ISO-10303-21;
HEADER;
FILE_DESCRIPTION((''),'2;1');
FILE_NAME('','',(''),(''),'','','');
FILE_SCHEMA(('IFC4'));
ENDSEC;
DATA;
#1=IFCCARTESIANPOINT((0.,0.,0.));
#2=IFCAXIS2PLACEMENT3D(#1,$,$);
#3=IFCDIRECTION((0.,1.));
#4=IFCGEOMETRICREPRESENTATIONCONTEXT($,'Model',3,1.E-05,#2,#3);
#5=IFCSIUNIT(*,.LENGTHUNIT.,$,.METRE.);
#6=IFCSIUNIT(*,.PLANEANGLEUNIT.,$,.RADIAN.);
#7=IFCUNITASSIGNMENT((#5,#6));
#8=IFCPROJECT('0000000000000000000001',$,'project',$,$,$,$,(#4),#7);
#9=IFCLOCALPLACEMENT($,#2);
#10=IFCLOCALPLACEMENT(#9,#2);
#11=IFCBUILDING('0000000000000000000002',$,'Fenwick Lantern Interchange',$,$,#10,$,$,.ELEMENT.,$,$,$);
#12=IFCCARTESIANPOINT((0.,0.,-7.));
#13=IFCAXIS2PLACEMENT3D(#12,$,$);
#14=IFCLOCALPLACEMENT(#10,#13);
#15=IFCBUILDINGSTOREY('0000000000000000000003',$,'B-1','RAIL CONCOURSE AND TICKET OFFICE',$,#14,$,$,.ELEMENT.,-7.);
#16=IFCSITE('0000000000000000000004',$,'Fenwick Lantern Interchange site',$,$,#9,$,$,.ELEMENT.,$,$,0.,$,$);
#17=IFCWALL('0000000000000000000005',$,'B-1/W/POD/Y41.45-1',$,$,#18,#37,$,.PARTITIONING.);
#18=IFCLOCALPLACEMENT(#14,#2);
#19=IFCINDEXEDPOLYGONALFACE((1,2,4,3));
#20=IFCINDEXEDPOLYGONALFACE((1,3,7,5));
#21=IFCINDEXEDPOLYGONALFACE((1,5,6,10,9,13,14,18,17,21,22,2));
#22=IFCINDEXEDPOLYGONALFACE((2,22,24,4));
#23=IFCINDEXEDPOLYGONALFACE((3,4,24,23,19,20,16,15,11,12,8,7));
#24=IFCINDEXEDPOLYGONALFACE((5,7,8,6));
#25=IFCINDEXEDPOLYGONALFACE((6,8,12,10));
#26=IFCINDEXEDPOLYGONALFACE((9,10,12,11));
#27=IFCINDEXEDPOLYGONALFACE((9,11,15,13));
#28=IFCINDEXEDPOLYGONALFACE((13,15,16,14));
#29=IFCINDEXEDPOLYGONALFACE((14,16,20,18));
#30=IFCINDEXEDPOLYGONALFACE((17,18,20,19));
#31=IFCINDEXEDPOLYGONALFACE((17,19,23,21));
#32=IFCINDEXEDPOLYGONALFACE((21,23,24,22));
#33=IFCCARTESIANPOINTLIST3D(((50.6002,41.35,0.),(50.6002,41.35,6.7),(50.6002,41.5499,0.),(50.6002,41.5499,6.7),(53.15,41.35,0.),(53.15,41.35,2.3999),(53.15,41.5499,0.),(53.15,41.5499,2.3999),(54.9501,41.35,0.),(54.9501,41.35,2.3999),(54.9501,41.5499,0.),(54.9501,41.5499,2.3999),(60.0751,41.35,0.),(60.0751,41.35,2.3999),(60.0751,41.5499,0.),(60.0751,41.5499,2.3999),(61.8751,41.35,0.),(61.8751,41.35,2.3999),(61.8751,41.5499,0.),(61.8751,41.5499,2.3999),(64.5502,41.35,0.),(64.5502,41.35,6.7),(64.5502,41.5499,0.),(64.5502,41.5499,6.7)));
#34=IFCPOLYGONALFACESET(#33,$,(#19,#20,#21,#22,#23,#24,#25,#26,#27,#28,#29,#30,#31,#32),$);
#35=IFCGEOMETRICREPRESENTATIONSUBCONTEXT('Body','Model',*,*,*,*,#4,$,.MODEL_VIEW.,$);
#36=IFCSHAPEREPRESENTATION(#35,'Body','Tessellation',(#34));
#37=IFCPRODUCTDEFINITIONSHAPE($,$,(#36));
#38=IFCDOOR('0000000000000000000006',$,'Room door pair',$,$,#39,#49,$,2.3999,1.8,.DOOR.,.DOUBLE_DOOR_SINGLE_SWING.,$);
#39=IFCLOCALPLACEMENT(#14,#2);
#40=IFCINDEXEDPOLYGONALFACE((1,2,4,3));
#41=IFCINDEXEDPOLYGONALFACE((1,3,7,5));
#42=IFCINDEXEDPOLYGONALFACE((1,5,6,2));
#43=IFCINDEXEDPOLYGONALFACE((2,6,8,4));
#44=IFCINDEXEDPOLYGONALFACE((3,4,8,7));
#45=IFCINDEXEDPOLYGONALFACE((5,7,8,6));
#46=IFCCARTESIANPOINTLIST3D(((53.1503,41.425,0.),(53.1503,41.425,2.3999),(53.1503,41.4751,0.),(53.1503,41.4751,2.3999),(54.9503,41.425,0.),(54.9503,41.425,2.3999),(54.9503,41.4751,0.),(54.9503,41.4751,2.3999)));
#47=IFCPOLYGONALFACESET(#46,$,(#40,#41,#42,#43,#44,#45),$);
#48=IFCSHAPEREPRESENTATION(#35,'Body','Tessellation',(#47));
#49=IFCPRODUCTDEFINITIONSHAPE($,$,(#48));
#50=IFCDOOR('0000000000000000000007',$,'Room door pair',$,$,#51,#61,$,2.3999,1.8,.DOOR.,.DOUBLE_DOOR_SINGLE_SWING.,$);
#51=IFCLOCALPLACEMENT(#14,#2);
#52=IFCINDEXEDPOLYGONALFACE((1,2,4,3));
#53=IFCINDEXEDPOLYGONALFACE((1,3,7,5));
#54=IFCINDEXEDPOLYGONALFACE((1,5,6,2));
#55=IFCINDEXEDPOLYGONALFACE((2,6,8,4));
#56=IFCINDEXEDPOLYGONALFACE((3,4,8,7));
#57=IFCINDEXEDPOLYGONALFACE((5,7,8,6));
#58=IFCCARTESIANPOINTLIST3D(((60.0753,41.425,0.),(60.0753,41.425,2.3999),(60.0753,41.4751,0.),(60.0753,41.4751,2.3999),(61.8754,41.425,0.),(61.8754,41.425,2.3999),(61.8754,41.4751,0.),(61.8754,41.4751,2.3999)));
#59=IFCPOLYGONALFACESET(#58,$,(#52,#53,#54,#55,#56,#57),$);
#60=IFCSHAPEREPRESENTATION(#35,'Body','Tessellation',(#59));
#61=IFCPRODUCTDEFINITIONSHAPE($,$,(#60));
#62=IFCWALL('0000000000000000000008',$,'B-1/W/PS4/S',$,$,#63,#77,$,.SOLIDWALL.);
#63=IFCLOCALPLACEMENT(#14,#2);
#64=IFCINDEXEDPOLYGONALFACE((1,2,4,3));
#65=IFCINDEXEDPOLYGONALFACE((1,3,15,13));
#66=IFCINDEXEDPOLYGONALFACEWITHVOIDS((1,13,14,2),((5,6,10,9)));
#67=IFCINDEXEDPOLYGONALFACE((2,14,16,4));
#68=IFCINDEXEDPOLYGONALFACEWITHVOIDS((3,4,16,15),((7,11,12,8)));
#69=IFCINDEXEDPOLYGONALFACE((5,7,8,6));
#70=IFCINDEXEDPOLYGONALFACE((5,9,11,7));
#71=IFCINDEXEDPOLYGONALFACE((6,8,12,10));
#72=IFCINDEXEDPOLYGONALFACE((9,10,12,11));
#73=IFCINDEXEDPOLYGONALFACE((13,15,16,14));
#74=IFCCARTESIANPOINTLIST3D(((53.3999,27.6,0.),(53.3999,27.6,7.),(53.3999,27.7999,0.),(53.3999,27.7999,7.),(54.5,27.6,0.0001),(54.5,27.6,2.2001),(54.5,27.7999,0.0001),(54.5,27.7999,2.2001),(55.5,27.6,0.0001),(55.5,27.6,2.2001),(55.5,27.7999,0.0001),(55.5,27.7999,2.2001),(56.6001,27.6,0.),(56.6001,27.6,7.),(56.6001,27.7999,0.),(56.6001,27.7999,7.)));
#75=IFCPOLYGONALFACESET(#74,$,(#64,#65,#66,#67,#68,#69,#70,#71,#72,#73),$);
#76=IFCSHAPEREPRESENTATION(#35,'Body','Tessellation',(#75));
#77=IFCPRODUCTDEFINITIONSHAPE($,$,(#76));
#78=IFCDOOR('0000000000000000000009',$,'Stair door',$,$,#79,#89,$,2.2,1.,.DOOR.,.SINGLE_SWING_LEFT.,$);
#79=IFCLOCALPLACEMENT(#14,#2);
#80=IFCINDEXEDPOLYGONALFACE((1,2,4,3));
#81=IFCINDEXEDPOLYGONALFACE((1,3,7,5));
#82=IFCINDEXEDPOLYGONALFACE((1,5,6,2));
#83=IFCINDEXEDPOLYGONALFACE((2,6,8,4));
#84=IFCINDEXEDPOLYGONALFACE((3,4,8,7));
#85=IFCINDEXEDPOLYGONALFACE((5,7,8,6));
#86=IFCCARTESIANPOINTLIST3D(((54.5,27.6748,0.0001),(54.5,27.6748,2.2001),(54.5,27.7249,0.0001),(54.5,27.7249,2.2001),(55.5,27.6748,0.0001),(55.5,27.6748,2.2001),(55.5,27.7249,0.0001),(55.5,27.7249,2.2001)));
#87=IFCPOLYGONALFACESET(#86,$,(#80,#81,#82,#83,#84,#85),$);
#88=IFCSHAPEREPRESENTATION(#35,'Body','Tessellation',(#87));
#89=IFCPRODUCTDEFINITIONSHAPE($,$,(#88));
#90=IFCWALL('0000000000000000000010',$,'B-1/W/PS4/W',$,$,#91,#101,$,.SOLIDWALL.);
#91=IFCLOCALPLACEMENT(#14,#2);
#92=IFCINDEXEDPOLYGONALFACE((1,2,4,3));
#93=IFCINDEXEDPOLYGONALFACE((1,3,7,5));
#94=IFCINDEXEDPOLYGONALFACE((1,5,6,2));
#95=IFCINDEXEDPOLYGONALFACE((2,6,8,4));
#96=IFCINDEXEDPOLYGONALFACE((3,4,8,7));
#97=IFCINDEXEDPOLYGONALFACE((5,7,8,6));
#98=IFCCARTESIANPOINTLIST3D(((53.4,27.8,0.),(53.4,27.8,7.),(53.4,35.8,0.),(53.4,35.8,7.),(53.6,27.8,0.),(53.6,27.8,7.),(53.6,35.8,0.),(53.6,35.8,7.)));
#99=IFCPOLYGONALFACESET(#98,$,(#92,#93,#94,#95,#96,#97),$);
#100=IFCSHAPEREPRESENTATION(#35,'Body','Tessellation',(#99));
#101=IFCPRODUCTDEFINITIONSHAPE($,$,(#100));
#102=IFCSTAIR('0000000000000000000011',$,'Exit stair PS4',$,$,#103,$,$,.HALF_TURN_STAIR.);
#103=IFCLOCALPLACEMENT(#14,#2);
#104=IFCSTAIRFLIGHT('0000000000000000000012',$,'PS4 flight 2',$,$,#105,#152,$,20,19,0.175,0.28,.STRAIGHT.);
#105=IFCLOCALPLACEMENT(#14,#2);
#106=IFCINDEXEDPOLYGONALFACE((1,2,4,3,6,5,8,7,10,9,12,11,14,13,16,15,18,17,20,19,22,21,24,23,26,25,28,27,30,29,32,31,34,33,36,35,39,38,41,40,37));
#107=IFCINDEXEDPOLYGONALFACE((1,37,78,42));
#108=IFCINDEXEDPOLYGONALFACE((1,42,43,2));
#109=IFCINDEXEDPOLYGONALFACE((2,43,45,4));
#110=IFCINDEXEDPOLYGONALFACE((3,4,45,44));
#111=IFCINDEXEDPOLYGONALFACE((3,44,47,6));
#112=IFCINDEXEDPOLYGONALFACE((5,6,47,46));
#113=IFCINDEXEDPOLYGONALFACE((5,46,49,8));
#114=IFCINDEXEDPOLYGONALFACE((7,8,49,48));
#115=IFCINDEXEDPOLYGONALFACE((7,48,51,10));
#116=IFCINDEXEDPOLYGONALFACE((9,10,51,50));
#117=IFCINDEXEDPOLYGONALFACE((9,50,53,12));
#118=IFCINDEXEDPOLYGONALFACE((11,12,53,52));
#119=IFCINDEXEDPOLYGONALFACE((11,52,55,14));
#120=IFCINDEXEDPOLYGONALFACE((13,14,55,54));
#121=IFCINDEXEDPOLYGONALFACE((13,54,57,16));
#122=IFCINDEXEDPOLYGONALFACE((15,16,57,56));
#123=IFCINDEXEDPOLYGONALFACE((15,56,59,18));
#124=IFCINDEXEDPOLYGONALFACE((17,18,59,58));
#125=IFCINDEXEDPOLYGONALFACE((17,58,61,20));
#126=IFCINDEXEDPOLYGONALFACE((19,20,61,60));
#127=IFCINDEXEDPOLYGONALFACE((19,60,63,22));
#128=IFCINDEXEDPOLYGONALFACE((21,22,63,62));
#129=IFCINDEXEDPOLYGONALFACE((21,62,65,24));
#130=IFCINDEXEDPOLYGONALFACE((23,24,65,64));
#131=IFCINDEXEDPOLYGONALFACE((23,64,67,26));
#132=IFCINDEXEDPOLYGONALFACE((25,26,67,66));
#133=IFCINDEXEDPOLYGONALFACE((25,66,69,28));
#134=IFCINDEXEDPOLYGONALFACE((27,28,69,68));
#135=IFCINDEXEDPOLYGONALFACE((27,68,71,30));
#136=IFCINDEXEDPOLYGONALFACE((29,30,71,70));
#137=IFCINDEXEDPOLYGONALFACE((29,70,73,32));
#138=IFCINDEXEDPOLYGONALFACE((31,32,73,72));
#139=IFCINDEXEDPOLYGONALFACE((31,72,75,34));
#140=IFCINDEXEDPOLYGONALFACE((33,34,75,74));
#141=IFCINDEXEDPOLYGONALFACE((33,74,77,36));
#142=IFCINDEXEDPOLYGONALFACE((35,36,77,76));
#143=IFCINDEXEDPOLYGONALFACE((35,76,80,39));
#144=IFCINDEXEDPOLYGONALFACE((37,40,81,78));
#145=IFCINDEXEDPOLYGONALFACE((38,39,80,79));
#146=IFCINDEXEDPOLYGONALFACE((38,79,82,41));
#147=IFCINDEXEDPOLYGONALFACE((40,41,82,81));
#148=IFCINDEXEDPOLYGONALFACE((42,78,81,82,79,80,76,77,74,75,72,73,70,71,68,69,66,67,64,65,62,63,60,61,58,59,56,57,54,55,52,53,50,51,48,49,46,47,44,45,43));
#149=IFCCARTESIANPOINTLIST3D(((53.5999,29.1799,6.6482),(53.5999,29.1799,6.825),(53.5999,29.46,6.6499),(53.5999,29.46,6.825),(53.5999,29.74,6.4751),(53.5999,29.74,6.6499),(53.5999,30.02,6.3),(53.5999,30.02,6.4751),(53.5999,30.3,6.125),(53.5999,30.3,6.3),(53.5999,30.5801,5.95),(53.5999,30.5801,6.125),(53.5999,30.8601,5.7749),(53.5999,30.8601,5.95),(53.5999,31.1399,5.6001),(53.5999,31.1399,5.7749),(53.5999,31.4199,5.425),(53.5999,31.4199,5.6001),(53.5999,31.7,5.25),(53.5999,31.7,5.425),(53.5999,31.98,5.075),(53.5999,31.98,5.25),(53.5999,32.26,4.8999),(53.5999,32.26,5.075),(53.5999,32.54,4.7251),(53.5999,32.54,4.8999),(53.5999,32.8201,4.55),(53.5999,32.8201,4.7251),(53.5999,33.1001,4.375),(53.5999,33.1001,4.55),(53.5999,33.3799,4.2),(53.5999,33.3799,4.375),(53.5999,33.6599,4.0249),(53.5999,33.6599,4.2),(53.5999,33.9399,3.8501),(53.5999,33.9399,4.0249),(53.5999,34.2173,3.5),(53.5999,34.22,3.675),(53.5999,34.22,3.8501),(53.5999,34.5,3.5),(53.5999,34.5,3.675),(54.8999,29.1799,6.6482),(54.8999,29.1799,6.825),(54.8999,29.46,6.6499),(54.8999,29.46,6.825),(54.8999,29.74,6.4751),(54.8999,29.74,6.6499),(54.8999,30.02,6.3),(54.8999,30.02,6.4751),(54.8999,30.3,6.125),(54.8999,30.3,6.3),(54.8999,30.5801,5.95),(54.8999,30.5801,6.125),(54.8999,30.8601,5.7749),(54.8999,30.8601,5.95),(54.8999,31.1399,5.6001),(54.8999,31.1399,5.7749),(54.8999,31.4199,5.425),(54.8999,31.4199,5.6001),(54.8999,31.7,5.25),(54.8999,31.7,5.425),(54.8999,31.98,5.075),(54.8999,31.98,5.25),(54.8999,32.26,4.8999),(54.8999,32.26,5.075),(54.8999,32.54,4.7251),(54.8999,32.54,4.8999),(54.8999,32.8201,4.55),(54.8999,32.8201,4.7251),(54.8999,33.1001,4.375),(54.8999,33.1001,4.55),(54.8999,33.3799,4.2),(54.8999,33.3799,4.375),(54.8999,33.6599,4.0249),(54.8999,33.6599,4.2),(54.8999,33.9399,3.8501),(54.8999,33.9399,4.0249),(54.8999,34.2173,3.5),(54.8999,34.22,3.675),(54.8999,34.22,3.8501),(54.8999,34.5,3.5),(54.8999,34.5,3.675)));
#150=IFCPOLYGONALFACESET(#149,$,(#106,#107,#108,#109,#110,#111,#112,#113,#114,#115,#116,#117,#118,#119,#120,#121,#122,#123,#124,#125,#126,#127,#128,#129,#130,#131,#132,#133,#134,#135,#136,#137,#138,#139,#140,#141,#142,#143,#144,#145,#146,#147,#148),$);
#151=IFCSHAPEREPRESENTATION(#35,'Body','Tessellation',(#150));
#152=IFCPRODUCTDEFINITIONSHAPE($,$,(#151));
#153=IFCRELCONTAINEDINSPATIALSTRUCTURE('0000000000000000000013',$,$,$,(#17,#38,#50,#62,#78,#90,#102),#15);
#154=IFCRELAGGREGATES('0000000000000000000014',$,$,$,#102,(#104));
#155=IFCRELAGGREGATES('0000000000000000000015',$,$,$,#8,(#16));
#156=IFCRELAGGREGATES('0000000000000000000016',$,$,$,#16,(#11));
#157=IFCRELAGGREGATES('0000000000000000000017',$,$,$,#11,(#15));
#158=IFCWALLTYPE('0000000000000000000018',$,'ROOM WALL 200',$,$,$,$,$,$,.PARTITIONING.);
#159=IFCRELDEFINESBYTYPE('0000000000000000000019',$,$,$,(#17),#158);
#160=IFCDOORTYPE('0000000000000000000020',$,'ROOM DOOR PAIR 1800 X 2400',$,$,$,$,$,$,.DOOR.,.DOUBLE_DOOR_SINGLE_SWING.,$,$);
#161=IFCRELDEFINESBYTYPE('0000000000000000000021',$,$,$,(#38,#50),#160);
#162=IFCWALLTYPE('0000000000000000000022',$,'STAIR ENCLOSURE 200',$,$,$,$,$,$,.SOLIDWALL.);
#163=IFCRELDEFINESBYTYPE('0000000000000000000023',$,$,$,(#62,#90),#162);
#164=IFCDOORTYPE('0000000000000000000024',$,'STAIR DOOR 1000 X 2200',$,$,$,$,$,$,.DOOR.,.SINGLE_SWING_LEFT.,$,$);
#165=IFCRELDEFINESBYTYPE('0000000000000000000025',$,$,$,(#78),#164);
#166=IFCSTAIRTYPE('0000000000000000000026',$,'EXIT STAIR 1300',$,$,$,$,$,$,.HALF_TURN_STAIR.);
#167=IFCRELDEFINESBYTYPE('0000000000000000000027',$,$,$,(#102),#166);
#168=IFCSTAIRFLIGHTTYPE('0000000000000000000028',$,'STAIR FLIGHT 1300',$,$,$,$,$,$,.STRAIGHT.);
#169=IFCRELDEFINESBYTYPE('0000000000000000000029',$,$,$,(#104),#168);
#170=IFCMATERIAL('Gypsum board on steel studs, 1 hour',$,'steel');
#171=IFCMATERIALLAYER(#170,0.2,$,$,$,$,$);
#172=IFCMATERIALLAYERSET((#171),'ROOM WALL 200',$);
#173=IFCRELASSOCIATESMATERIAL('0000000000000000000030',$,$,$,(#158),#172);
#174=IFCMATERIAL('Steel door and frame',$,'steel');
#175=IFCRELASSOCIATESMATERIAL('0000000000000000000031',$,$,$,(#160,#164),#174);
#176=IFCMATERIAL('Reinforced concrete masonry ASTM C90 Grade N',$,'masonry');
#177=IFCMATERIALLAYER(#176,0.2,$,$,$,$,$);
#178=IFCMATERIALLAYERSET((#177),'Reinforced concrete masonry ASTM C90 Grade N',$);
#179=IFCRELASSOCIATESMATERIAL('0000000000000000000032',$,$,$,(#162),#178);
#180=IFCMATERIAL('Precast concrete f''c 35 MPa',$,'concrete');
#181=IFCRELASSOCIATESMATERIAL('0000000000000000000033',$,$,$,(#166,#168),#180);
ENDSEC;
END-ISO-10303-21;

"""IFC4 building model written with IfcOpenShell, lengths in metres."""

from ifc_helpers import new_model, si_unit, direction, frame, frame_2d, origin, place, context, subcontext, project, spatial, polyline, rectangle, outline, extrude, material, layer, layer_set, type_object, element, fill, aggregate, save


model = new_model("IFC4")

# Units and contexts
model_context = context("Model", 3, precision=1e-05, world=origin(), true_north=direction((0.0, 1.0)))
body_context = subcontext(model_context, "Body", "Model", "MODEL_VIEW")
ifc_project = project(units=[si_unit("LENGTHUNIT", "METRE"), si_unit("PLANEANGLEUNIT", "RADIAN")], contexts=[model_context])

# Site, building, storey
site_placement = place(None, origin())
site = spatial("IfcSite", under=ifc_project, at=site_placement, Name="Fenwick Lantern Interchange site", CompositionType="ELEMENT", RefElevation=0.0)
building_placement = place(site_placement, origin())
building = spatial("IfcBuilding", under=site, at=building_placement, Name="Fenwick Lantern Interchange", CompositionType="ELEMENT")
storey_placement = place(building_placement, frame((0.0, 0.0, -7.0)))
storey = spatial("IfcBuildingStorey", under=building, at=storey_placement, Name="B-1", Description="RAIL CONCOURSE AND TICKET OFFICE", CompositionType="ELEMENT", Elevation=-7.0)

# Shared definitions
ifc_material_1 = material(Name="Gypsum board on steel studs, 1 hour", Category="steel")
ifc_layer_1 = layer(ifc_material_1, 0.2)
ifc_layer_set_1 = layer_set([ifc_layer_1], Name="ROOM WALL 200")
wall_type_1 = type_object("IfcWallType", Name="ROOM WALL 200", PredefinedType="PARTITIONING", material=ifc_layer_set_1)

# Wall, openings, doors
wall_1_placement = place(storey_placement, frame((50.6001, 41.45, 0.0), z_axis=(0.0, 0.0, 1.0), x_axis=(1.0, 0.0, 0.0)))
wall_1 = element("IfcWall", 1, at=wall_1_placement, inside=storey, type_object=wall_type_1, Name="B-1/W/POD/Y41.45-1", PredefinedType="PARTITIONING", context=body_context, shape_type="SweptSolid", body=[
    extrude(rectangle(XDim=13.95, YDim=0.2, at=frame_2d((6.9751, 0.0))), origin(), (0.0, 0.0, 1.0), 6.7),
])
opening_1_placement = place(wall_1_placement, frame((2.55, 0.0, 0.0)))
opening_1 = element("IfcOpeningElement", 2, at=opening_1_placement, cuts=wall_1, PredefinedType="OPENING", context=body_context, shape_type="SweptSolid", body=[
    extrude(rectangle(XDim=1.8, YDim=2.3999, at=frame_2d((0.8999, 1.2))), frame((0.0, 0.1099, 0.0), z_axis=(0.0, -1.0, 0.0), x_axis=(1.0, 0.0, 0.0)), (0.0, 0.0, 1.0), 0.22),
])
opening_2_placement = place(wall_1_placement, frame((9.4751, 0.0, 0.0)))
opening_2 = element("IfcOpeningElement", 3, at=opening_2_placement, cuts=wall_1, PredefinedType="OPENING", context=body_context, shape_type="SweptSolid", body=[
    extrude(rectangle(XDim=1.8, YDim=2.3999, at=frame_2d((0.8999, 1.2))), frame((0.0, 0.1099, 0.0), z_axis=(0.0, -1.0, 0.0), x_axis=(1.0, 0.0, 0.0)), (0.0, 0.0, 1.0), 0.22),
])
ifc_material_2 = material(Name="Steel door and frame", Category="steel")
door_type_1 = type_object("IfcDoorType", Name="ROOM DOOR PAIR 1800 X 2400", OperationType="DOUBLE_DOOR_SINGLE_SWING", PredefinedType="DOOR", material=ifc_material_2)
door_1_placement = place(opening_1_placement, frame((1.8, 0.0, 0.0), z_axis=(0.0, 0.0, 1.0), x_axis=(-1.0, 0.0, 0.0)))
door_1 = element("IfcDoor", 4, at=door_1_placement, inside=storey, type_object=door_type_1, Name="Room door pair", OperationType="DOUBLE_DOOR_SINGLE_SWING", OverallHeight=2.3999, OverallWidth=1.8, PredefinedType="DOOR", context=body_context, shape_type="SweptSolid", body=[
    extrude(rectangle(XDim=1.8, YDim=2.3999, at=frame_2d((0.8999, 1.2))), frame((0.0, 0.0249, 0.0), z_axis=(0.0, -1.0, 0.0), x_axis=(1.0, 0.0, 0.0)), (0.0, 0.0, 1.0), 0.05),
])
fill(opening_1, door_1)
door_2_placement = place(opening_2_placement, frame((1.8, 0.0, 0.0), z_axis=(0.0, 0.0, 1.0), x_axis=(-1.0, 0.0, 0.0)))
door_2 = element("IfcDoor", 5, at=door_2_placement, inside=storey, type_object=door_type_1, Name="Room door pair", OperationType="DOUBLE_DOOR_SINGLE_SWING", OverallHeight=2.3999, OverallWidth=1.8, PredefinedType="DOOR", context=body_context, shape_type="SweptSolid", body=[
    extrude(rectangle(XDim=1.8, YDim=2.3999, at=frame_2d((0.8999, 1.2))), frame((0.0, 0.0249, 0.0), z_axis=(0.0, -1.0, 0.0), x_axis=(1.0, 0.0, 0.0)), (0.0, 0.0, 1.0), 0.05),
])
fill(opening_2, door_2)

# Wall, opening, door
ifc_material_3 = material(Name="Reinforced concrete masonry ASTM C90 Grade N", Category="masonry")
ifc_layer_2 = layer(ifc_material_3, 0.2)
ifc_layer_set_2 = layer_set([ifc_layer_2], Name="Reinforced concrete masonry ASTM C90 Grade N")
wall_type_2 = type_object("IfcWallType", Name="STAIR ENCLOSURE 200", PredefinedType="SOLIDWALL", material=ifc_layer_set_2)
wall_2_placement = place(storey_placement, frame((53.3999, 27.7, 0.0), z_axis=(0.0, 0.0, 1.0), x_axis=(1.0, 0.0, 0.0)))
wall_2 = element("IfcWall", 6, at=wall_2_placement, inside=storey, type_object=wall_type_2, Name="B-1/W/PS4/S", PredefinedType="SOLIDWALL", context=body_context, shape_type="SweptSolid", body=[
    extrude(rectangle(XDim=3.2002, YDim=0.2, at=frame_2d((1.6001, 0.0))), origin(), (0.0, 0.0, 1.0), 7.0),
])
opening_3_placement = place(wall_2_placement, frame((1.1001, 0.0, 0.0)))
opening_3 = element("IfcOpeningElement", 7, at=opening_3_placement, cuts=wall_2, PredefinedType="OPENING", context=body_context, shape_type="SweptSolid", body=[
    extrude(rectangle(XDim=1.0, YDim=2.2, at=frame_2d((0.5, 1.1001))), frame((0.0, 0.1099, 0.0), z_axis=(0.0, -1.0, 0.0), x_axis=(1.0, 0.0, 0.0)), (0.0, 0.0, 1.0), 0.22),
])
door_type_2 = type_object("IfcDoorType", Name="STAIR DOOR 1000 X 2200", OperationType="SINGLE_SWING_LEFT", PredefinedType="DOOR", material=ifc_material_2)
door_3_placement = place(opening_3_placement, origin())
door_3 = element("IfcDoor", 8, at=door_3_placement, inside=storey, type_object=door_type_2, Name="Stair door", OperationType="SINGLE_SWING_LEFT", OverallHeight=2.2, OverallWidth=1.0, PredefinedType="DOOR", context=body_context, shape_type="SweptSolid", body=[
    extrude(rectangle(XDim=1.0, YDim=2.2, at=frame_2d((0.5, 1.1001))), frame((0.0, 0.0249, 0.0), z_axis=(0.0, -1.0, 0.0), x_axis=(1.0, 0.0, 0.0)), (0.0, 0.0, 1.0), 0.05),
])
fill(opening_3, door_3)

# Wall
wall_3_placement = place(storey_placement, frame((53.5, 35.8, 0.0), z_axis=(0.0, 0.0, 1.0), x_axis=(0.0, -1.0, 0.0)))
element("IfcWall", 9, at=wall_3_placement, inside=storey, type_object=wall_type_2, Name="B-1/W/PS4/W", PredefinedType="SOLIDWALL", context=body_context, shape_type="SweptSolid", body=[
    extrude(rectangle(XDim=8.0, YDim=0.2, at=frame_2d((4.0, 0.0))), origin(), (0.0, 0.0, 1.0), 7.0),
])

# Stair, stair flight
ifc_material_4 = material(Name="Precast concrete f'c 35 MPa", Category="concrete")
stair_type = type_object("IfcStairType", Name="EXIT STAIR 1300", PredefinedType="HALF_TURN_STAIR", material=ifc_material_4)
stair_placement = place(storey_placement, origin())
stair = element("IfcStair", 10, at=stair_placement, inside=storey, type_object=stair_type, Name="Exit stair PS4", PredefinedType="HALF_TURN_STAIR")
stair_flight_type = type_object("IfcStairFlightType", Name="STAIR FLIGHT 1300", PredefinedType="STRAIGHT", material=ifc_material_4)
stair_flight_placement = place(storey_placement, frame((54.25, 34.5, 3.5), z_axis=(0.0, 0.0, 1.0), x_axis=(0.0, -1.0, 0.0)))
stair_flight = element("IfcStairFlight", 11, at=stair_flight_placement, type_object=stair_flight_type, Name="PS4 flight 2", NumberOfRisers=20, NumberOfTreads=19, PredefinedType="STRAIGHT", RiserHeight=0.175, TreadLength=0.28, context=body_context, shape_type="SweptSolid", body=[
    extrude(outline(polyline([(0.0, 0.0), (0.0, 0.175), (0.28, 0.175), (0.28, 0.3501), (0.5601, 0.3501), (0.5601, 0.5249), (0.8401, 0.5249), (0.8401, 0.7), (1.1201, 0.7), (1.1201, 0.875), (1.3999, 0.875), (1.3999, 1.05), (1.6799, 1.05), (1.6799, 1.2251), (1.96, 1.2251), (1.96, 1.3999), (2.24, 1.3999), (2.24, 1.575), (2.52, 1.575), (2.52, 1.75), (2.8, 1.75), (2.8, 1.925), (3.0801, 1.925), (3.0801, 2.1001), (3.3601, 2.1001), (3.3601, 2.2749), (3.6399, 2.2749), (3.6399, 2.45), (3.9199, 2.45), (3.9199, 2.625), (4.2, 2.625), (4.2, 2.8), (4.48, 2.8), (4.48, 2.9751), (4.76, 2.9751), (4.76, 3.1499), (5.04, 3.1499), (5.04, 3.325), (5.3201, 3.325), (5.3201, 3.5), (5.3201, 3.1482), (0.2827, 0.0), (0.0, 0.0)])), frame((0.0, 0.6499, 0.0), z_axis=(0.0, -1.0, 0.0), x_axis=(1.0, 0.0, 0.0)), (0.0, 0.0, 1.0), 1.3),
])
aggregate(stair, [stair_flight])

save(model, "model.ifc")
